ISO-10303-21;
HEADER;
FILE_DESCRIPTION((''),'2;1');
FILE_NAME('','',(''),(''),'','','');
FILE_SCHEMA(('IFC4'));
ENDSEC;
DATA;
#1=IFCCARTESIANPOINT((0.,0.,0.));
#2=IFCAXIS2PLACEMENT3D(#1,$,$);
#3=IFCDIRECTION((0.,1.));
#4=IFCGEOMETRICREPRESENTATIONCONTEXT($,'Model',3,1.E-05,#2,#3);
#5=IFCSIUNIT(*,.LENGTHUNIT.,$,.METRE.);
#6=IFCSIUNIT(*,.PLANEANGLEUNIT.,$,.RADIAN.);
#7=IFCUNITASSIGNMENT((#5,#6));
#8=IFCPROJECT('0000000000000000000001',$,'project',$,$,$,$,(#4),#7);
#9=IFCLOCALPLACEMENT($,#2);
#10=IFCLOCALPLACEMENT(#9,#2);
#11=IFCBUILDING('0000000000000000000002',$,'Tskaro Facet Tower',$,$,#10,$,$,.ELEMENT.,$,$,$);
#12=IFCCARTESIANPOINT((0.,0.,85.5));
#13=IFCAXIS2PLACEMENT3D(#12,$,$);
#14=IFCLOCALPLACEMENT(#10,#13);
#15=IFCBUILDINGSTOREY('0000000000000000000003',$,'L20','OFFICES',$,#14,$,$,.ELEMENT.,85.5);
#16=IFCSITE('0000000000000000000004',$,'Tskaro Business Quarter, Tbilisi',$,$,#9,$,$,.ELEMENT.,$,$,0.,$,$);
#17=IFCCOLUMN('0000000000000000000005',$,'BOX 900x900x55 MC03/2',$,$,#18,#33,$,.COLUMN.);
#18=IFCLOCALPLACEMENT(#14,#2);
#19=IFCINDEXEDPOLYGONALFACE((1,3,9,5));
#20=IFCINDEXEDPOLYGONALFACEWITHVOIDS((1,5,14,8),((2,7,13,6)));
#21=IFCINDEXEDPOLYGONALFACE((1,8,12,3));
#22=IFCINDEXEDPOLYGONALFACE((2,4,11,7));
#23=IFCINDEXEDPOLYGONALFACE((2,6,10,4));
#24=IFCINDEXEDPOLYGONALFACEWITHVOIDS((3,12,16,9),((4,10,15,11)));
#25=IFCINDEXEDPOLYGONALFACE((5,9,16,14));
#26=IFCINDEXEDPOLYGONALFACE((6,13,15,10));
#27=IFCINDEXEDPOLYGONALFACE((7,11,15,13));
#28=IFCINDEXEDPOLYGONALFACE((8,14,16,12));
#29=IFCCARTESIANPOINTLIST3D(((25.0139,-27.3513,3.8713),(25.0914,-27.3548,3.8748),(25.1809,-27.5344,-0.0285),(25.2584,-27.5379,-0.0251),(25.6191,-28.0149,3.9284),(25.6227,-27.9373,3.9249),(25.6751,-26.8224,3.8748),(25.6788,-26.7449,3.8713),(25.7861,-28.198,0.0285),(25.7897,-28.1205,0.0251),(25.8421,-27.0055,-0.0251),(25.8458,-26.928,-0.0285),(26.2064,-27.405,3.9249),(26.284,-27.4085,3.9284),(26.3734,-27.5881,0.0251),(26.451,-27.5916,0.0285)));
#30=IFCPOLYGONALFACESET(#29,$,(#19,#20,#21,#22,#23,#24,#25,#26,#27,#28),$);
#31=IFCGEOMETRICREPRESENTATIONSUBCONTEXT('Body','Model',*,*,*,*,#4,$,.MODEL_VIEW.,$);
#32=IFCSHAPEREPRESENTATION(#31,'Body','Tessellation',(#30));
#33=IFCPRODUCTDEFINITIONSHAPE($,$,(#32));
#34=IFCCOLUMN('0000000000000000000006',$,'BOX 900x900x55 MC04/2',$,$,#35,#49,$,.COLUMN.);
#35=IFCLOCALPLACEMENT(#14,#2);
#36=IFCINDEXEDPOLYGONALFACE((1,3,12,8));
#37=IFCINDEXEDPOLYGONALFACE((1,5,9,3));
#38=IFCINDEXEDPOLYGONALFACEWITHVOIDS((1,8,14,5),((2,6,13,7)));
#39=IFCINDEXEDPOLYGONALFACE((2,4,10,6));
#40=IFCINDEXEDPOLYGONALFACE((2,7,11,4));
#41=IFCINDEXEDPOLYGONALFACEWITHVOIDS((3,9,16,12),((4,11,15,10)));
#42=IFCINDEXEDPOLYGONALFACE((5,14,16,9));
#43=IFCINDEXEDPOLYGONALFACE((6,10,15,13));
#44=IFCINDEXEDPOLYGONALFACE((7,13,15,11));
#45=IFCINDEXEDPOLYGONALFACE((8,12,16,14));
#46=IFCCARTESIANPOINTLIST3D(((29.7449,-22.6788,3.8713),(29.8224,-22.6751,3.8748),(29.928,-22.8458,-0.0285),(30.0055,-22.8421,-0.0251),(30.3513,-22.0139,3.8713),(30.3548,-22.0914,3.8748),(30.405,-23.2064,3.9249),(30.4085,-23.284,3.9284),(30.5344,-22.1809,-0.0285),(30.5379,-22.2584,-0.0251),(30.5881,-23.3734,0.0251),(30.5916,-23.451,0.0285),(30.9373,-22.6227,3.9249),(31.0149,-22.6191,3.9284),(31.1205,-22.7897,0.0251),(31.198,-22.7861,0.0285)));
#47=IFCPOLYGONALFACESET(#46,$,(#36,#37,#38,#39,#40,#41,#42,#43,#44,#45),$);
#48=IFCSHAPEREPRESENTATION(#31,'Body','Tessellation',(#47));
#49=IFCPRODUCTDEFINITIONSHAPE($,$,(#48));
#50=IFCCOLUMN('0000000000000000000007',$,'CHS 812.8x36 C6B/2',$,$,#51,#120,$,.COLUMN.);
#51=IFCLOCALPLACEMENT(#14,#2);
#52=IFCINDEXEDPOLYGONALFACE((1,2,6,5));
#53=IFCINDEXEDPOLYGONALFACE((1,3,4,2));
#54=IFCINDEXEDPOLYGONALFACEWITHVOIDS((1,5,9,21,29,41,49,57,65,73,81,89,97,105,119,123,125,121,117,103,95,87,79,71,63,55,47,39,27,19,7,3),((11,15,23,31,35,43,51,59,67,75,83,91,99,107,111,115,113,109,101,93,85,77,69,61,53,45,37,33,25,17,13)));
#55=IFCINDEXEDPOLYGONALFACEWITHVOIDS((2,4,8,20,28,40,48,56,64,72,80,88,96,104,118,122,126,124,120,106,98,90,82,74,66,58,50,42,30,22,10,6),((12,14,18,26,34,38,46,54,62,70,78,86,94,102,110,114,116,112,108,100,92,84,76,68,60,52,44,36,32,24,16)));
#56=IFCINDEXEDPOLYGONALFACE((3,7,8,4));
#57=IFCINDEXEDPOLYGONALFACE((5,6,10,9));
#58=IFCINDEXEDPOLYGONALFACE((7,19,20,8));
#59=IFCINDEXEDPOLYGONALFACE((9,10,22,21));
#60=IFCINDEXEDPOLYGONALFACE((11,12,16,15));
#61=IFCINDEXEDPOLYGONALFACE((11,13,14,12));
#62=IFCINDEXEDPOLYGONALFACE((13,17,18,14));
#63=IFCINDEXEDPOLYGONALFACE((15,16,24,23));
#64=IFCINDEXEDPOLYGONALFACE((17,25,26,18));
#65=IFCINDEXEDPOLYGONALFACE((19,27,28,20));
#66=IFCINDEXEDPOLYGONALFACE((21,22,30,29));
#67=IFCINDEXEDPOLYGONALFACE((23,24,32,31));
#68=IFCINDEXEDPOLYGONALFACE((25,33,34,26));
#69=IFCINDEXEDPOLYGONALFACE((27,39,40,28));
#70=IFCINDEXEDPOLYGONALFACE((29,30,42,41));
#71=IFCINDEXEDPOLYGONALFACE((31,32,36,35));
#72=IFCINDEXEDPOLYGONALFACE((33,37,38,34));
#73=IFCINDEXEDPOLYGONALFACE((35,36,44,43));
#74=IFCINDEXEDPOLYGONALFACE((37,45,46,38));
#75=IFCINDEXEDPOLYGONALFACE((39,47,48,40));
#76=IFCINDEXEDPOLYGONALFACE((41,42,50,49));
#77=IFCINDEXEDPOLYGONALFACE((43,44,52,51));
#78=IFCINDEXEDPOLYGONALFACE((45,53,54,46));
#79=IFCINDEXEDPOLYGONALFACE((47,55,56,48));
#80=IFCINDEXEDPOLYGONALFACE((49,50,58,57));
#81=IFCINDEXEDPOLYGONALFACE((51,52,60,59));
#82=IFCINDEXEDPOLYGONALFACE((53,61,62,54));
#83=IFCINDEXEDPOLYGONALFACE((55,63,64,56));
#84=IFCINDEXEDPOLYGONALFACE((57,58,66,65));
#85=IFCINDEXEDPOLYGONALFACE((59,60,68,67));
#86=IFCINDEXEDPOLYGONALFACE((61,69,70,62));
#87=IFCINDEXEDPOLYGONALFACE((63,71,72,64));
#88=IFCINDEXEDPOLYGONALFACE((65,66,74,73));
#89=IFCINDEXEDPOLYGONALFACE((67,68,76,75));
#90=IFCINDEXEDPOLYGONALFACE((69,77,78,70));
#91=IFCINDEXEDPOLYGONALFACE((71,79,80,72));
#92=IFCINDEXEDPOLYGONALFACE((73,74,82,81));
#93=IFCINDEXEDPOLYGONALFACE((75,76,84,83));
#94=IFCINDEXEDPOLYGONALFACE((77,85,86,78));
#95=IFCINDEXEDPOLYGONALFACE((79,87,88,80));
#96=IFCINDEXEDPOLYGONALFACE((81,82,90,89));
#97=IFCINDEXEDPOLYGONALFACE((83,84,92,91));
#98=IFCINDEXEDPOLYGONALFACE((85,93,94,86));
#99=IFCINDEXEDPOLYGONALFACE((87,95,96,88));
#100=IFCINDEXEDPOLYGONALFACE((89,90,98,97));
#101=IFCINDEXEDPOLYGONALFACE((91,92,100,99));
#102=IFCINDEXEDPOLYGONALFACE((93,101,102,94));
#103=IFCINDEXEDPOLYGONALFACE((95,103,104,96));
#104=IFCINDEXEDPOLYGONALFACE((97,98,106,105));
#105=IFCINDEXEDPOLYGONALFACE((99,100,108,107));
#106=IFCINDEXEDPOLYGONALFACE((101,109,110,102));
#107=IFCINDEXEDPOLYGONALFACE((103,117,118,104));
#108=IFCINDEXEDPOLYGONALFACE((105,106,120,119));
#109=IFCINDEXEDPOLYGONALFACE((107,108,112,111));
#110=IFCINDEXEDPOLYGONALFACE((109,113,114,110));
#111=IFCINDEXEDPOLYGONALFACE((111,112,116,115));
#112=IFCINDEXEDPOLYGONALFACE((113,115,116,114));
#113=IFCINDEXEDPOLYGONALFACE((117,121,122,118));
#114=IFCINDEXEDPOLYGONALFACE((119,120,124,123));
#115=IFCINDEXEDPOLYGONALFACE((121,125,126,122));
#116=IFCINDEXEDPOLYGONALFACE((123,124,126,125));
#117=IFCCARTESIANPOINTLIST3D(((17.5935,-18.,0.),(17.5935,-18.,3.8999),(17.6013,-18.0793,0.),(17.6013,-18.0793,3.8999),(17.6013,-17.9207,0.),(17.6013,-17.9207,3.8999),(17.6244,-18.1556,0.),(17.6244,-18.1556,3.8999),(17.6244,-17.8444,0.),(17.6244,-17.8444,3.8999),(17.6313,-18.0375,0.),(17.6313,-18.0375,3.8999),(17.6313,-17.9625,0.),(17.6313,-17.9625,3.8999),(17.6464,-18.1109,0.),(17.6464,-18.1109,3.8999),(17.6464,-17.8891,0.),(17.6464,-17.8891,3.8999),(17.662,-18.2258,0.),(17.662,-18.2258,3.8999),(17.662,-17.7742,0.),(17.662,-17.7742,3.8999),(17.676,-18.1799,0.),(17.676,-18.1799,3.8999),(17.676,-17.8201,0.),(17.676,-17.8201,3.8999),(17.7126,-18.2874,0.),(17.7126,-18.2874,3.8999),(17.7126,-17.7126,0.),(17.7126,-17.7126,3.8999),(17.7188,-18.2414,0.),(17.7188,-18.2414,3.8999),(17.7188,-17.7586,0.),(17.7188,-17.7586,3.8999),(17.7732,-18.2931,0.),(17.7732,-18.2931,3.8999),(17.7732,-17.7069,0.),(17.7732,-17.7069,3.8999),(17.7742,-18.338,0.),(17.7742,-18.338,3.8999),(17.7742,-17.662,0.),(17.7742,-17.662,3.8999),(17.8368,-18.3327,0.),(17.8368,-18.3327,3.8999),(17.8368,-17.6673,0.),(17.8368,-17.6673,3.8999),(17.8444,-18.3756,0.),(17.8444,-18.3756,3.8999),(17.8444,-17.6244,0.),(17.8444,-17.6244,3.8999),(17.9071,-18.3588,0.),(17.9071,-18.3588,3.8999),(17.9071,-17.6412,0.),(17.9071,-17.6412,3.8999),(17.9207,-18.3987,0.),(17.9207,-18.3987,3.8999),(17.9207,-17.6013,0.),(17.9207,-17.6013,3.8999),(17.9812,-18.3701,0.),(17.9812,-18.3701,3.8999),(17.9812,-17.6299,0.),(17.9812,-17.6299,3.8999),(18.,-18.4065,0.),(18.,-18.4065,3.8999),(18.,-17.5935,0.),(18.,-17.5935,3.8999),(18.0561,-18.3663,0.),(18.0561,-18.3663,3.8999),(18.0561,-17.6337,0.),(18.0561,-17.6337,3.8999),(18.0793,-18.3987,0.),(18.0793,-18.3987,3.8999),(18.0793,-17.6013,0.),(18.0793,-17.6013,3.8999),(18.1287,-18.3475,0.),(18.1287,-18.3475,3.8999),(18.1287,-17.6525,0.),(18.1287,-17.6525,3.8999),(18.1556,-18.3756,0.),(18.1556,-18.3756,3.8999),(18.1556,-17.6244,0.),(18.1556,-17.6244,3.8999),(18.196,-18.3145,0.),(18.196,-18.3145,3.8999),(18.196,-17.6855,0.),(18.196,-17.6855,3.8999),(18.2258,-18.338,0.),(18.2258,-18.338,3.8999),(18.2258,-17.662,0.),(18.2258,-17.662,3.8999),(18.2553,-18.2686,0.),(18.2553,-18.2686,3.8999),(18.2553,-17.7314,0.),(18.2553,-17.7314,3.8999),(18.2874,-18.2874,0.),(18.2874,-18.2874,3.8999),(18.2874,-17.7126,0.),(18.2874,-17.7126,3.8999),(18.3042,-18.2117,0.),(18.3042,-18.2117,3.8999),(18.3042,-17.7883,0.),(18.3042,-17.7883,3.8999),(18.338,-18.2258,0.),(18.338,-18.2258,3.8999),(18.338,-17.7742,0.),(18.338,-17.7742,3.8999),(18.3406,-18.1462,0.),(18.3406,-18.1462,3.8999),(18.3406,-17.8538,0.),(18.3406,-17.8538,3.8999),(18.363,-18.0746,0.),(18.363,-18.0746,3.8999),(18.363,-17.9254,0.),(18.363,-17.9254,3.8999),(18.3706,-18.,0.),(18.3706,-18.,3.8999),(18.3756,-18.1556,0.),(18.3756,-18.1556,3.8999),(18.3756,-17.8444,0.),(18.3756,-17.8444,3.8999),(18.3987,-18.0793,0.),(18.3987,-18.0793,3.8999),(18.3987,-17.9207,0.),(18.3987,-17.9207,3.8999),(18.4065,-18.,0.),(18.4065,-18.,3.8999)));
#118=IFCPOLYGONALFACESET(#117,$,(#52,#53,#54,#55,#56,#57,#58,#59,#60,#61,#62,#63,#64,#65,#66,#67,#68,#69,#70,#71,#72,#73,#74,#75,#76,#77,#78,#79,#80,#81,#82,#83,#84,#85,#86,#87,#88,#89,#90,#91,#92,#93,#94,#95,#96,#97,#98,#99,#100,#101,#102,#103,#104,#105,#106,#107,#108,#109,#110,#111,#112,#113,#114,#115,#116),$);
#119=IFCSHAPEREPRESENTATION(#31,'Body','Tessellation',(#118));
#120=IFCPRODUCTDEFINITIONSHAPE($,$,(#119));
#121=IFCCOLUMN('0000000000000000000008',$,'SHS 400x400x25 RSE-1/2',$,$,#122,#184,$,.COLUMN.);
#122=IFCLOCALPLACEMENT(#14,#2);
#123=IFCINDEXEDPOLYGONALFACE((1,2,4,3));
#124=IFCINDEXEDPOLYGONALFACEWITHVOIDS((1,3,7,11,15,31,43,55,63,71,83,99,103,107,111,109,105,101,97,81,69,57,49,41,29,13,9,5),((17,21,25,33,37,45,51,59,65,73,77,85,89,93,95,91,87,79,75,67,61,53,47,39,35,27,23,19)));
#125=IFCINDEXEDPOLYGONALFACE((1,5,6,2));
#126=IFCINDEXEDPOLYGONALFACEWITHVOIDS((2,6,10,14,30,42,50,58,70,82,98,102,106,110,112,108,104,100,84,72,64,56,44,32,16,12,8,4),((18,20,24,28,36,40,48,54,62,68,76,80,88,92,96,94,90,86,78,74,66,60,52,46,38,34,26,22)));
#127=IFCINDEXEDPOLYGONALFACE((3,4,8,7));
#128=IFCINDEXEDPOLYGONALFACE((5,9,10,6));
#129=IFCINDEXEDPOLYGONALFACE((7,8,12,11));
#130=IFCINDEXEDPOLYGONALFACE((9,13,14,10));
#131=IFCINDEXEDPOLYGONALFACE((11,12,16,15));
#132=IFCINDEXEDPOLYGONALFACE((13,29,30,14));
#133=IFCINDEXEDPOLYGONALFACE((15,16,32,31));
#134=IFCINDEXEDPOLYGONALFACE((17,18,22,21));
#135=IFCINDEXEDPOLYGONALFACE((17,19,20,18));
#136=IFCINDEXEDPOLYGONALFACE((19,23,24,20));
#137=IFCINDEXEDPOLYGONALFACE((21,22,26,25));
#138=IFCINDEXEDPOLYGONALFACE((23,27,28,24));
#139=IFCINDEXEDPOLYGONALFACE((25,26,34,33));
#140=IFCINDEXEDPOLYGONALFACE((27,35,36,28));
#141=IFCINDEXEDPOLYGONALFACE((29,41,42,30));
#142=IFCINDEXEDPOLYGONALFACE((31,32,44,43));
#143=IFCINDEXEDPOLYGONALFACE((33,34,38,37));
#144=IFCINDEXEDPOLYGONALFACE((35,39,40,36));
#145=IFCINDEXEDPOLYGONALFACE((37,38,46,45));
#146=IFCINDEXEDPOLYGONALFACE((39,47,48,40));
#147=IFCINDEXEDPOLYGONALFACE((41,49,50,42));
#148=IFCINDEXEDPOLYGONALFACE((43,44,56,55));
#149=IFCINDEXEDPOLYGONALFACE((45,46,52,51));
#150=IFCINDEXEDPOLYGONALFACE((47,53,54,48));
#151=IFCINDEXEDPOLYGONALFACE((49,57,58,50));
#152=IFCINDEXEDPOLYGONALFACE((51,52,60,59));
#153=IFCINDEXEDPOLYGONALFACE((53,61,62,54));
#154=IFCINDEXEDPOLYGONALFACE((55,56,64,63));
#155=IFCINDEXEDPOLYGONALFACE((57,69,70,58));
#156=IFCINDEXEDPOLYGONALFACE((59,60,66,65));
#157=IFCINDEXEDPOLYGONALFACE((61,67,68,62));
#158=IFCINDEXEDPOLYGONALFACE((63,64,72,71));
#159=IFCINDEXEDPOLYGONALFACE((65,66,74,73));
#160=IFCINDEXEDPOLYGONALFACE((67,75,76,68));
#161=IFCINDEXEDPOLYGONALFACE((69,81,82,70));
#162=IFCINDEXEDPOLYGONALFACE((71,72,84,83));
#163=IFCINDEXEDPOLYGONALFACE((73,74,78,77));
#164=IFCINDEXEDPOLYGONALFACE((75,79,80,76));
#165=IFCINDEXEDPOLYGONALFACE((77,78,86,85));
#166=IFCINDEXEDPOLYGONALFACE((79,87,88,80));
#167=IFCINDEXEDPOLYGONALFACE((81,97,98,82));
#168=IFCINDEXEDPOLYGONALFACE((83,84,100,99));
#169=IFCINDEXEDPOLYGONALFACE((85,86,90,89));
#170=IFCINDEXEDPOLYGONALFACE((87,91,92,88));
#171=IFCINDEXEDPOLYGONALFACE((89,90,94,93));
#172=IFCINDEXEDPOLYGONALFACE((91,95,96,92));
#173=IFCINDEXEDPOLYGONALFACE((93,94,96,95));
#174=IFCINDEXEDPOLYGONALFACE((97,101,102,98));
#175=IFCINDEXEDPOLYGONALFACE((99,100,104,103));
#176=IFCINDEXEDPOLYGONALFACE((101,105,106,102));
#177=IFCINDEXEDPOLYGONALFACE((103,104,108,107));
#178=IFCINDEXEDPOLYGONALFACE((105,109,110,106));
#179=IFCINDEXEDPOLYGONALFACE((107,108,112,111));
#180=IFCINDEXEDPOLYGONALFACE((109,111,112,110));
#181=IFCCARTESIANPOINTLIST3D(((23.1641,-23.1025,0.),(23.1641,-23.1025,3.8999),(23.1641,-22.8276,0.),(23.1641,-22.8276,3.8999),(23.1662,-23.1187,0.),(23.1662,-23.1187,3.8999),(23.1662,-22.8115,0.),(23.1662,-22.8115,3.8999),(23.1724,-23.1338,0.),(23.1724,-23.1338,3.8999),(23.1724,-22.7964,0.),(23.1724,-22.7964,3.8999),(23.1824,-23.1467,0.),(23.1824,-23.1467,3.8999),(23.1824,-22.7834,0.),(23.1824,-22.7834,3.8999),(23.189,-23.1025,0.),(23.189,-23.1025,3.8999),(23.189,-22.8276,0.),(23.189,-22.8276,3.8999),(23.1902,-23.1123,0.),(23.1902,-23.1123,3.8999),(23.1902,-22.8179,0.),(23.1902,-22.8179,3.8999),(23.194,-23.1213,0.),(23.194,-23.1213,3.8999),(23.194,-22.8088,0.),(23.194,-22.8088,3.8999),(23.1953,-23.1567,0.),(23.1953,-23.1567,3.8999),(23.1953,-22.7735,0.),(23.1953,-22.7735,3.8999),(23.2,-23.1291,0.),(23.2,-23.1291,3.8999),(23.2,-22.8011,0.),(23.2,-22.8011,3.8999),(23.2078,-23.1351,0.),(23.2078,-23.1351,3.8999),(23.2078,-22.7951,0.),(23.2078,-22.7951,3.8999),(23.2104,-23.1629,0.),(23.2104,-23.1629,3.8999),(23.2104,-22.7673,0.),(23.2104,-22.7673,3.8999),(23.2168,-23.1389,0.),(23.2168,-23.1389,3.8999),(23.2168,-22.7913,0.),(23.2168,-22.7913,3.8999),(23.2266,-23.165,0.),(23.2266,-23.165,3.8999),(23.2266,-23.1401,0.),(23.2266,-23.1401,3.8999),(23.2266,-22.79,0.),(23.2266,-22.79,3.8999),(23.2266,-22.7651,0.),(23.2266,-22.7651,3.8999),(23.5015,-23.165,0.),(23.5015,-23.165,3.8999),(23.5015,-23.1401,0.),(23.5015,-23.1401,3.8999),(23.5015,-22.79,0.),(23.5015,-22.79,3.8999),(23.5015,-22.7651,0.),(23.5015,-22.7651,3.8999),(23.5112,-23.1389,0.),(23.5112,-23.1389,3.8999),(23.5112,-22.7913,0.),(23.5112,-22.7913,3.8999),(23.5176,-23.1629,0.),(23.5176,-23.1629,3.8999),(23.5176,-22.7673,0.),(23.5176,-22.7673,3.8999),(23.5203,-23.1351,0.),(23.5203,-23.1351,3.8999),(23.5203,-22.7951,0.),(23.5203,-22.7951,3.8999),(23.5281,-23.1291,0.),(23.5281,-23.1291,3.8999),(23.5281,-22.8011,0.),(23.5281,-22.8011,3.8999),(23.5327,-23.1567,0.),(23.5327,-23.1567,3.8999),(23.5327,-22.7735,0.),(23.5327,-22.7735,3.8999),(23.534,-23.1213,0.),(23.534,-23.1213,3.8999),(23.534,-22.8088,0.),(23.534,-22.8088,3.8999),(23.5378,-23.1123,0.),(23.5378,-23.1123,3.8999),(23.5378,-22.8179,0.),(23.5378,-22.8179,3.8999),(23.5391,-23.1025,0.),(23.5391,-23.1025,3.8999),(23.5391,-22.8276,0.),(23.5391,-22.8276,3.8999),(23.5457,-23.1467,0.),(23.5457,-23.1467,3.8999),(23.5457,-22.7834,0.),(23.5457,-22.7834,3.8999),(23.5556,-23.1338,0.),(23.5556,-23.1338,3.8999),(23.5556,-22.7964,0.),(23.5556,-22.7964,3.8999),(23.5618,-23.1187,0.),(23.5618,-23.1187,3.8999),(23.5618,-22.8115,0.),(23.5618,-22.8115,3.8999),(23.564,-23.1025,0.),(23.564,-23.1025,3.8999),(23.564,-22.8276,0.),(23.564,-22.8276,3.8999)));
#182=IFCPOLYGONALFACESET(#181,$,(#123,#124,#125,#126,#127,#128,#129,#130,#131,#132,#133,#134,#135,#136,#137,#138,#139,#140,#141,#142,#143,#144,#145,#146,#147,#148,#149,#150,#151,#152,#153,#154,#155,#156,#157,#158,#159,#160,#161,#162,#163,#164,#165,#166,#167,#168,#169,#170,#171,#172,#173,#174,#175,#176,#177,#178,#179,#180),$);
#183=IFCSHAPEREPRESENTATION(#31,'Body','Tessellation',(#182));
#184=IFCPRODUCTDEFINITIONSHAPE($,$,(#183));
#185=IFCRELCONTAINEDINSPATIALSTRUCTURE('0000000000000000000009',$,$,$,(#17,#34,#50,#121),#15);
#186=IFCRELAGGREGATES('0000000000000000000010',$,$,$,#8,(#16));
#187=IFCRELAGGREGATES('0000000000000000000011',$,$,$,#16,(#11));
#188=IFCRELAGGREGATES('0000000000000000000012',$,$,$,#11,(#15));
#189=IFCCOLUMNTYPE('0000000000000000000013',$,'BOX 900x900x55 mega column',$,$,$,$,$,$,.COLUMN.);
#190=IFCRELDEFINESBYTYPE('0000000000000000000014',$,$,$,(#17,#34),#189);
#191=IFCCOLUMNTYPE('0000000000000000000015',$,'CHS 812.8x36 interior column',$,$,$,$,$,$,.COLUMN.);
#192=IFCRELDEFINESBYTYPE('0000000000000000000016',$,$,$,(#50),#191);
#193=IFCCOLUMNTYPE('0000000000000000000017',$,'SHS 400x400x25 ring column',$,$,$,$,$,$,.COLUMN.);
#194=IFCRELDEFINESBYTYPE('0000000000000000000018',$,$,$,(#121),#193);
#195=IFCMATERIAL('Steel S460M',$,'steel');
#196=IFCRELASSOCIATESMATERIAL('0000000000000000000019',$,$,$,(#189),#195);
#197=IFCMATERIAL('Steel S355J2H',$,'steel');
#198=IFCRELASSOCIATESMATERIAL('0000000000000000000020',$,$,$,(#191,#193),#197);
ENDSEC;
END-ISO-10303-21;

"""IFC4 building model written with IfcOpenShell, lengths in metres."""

from ifc_helpers import new_model, si_unit, direction, frame, origin, origin_2d, place, context, subcontext, project, spatial, hollow_rectangle, hollow_circle, extrude, material, material_profile, profile_set, type_object, element, save


model = new_model("IFC4")

# Units and contexts
model_context = context("Model", 3, precision=1e-05, world=origin(), true_north=direction((0.0, 1.0)))
body_context = subcontext(model_context, "Body", "Model", "MODEL_VIEW")
ifc_project = project(units=[si_unit("LENGTHUNIT", "METRE"), si_unit("PLANEANGLEUNIT", "RADIAN")], contexts=[model_context])

# Site, building, storey
site_placement = place(None, origin())
site = spatial("IfcSite", under=ifc_project, at=site_placement, Name="Tskaro Business Quarter, Tbilisi", CompositionType="ELEMENT", RefElevation=0.0)
building_placement = place(site_placement, origin())
building = spatial("IfcBuilding", under=site, at=building_placement, Name="Tskaro Facet Tower", CompositionType="ELEMENT")
storey_placement = place(building_placement, frame((0.0, 0.0, 85.5)))
storey = spatial("IfcBuildingStorey", under=building, at=storey_placement, Name="L20", Description="OFFICES", CompositionType="ELEMENT", Elevation=85.5)

# Columns
ifc_material_1 = material(Name="Steel S460M", Category="steel")
ifc_material_profile_1 = material_profile(ifc_material_1, hollow_rectangle(XDim=0.8999, YDim=0.8999, WallThickness=0.0549, at=origin_2d()), Name="BOX 900x900x55")
ifc_profile_set_1 = profile_set([ifc_material_profile_1], Name="Steel S460M")
column_type_1 = type_object("IfcColumnType", Name="BOX 900x900x55 mega column", PredefinedType="COLUMN", material=ifc_profile_set_1)
for number, where, z_axis, x_axis, name in (
    (1, (25.8159, -27.563, 0.0), (-0.042733, 0.046857, 0.997987), (-0.738869, -0.673849, 0.0), "BOX 900x900x55 MC03/2"),
    (2, (30.563, -22.8159, 0.0), (-0.046857, 0.042733, 0.997987), (-0.673849, -0.738869, 0.0), "BOX 900x900x55 MC04/2"),
):
    element("IfcColumn", number, at=place(storey_placement, frame(where, z_axis=z_axis, x_axis=x_axis)), inside=storey, type_object=column_type_1, Name=name, PredefinedType="COLUMN", context=body_context, shape_type="SweptSolid", body=[
        extrude(hollow_rectangle(XDim=0.8999, YDim=0.8999, WallThickness=0.0549, at=origin_2d()), origin(), (0.0, 0.0, 1.0), 3.9077),
    ])
ifc_material_2 = material(Name="Steel S355J2H", Category="steel")
ifc_material_profile_2 = material_profile(ifc_material_2, hollow_circle(Radius=0.4065, WallThickness=0.0359, at=origin_2d()), Name="CHS 812.8x36")
ifc_profile_set_2 = profile_set([ifc_material_profile_2], Name="Steel S355J2H")
column_type_2 = type_object("IfcColumnType", Name="CHS 812.8x36 interior column", PredefinedType="COLUMN", material=ifc_profile_set_2)
column_placement = place(storey_placement, frame((18.0, -18.0, 0.0), z_axis=(0.0, 0.0, 1.0), x_axis=(1.0, 0.0, 0.0)))
element("IfcColumn", 3, at=column_placement, inside=storey, type_object=column_type_2, Name="CHS 812.8x36 C6B/2", PredefinedType="COLUMN", context=body_context, shape_type="SweptSolid", body=[
    extrude(hollow_circle(Radius=0.4065, WallThickness=0.0359, at=origin_2d()), origin(), (0.0, 0.0, 1.0), 3.8999),
])
ifc_material_profile_3 = material_profile(ifc_material_2, hollow_rectangle(XDim=0.3999, YDim=0.3999, WallThickness=0.0249, InnerFilletRadius=0.0376, OuterFilletRadius=0.0625, at=origin_2d()), Name="SHS 400x400x25")
ifc_profile_set_3 = profile_set([ifc_material_profile_3], Name="Steel S355J2H")
column_type_3 = type_object("IfcColumnType", Name="SHS 400x400x25 ring column", PredefinedType="COLUMN", material=ifc_profile_set_3)
for number, where, z_axis, x_axis, name in (
    (4, (23.364, -22.9651, 0.0), (0.0, 0.0, 1.0), (1.0, 0.0, 0.0), "SHS 400x400x25 RSE-1/2"),
):
    element("IfcColumn", number, at=place(storey_placement, frame(where, z_axis=z_axis, x_axis=x_axis)), inside=storey, type_object=column_type_3, Name=name, PredefinedType="COLUMN", context=body_context, shape_type="SweptSolid", body=[
        extrude(hollow_rectangle(XDim=0.3999, YDim=0.3999, WallThickness=0.0249, InnerFilletRadius=0.0376, OuterFilletRadius=0.0625, at=origin_2d()), origin(), (0.0, 0.0, 1.0), 3.8999),
    ])

save(model, "model.ifc")
